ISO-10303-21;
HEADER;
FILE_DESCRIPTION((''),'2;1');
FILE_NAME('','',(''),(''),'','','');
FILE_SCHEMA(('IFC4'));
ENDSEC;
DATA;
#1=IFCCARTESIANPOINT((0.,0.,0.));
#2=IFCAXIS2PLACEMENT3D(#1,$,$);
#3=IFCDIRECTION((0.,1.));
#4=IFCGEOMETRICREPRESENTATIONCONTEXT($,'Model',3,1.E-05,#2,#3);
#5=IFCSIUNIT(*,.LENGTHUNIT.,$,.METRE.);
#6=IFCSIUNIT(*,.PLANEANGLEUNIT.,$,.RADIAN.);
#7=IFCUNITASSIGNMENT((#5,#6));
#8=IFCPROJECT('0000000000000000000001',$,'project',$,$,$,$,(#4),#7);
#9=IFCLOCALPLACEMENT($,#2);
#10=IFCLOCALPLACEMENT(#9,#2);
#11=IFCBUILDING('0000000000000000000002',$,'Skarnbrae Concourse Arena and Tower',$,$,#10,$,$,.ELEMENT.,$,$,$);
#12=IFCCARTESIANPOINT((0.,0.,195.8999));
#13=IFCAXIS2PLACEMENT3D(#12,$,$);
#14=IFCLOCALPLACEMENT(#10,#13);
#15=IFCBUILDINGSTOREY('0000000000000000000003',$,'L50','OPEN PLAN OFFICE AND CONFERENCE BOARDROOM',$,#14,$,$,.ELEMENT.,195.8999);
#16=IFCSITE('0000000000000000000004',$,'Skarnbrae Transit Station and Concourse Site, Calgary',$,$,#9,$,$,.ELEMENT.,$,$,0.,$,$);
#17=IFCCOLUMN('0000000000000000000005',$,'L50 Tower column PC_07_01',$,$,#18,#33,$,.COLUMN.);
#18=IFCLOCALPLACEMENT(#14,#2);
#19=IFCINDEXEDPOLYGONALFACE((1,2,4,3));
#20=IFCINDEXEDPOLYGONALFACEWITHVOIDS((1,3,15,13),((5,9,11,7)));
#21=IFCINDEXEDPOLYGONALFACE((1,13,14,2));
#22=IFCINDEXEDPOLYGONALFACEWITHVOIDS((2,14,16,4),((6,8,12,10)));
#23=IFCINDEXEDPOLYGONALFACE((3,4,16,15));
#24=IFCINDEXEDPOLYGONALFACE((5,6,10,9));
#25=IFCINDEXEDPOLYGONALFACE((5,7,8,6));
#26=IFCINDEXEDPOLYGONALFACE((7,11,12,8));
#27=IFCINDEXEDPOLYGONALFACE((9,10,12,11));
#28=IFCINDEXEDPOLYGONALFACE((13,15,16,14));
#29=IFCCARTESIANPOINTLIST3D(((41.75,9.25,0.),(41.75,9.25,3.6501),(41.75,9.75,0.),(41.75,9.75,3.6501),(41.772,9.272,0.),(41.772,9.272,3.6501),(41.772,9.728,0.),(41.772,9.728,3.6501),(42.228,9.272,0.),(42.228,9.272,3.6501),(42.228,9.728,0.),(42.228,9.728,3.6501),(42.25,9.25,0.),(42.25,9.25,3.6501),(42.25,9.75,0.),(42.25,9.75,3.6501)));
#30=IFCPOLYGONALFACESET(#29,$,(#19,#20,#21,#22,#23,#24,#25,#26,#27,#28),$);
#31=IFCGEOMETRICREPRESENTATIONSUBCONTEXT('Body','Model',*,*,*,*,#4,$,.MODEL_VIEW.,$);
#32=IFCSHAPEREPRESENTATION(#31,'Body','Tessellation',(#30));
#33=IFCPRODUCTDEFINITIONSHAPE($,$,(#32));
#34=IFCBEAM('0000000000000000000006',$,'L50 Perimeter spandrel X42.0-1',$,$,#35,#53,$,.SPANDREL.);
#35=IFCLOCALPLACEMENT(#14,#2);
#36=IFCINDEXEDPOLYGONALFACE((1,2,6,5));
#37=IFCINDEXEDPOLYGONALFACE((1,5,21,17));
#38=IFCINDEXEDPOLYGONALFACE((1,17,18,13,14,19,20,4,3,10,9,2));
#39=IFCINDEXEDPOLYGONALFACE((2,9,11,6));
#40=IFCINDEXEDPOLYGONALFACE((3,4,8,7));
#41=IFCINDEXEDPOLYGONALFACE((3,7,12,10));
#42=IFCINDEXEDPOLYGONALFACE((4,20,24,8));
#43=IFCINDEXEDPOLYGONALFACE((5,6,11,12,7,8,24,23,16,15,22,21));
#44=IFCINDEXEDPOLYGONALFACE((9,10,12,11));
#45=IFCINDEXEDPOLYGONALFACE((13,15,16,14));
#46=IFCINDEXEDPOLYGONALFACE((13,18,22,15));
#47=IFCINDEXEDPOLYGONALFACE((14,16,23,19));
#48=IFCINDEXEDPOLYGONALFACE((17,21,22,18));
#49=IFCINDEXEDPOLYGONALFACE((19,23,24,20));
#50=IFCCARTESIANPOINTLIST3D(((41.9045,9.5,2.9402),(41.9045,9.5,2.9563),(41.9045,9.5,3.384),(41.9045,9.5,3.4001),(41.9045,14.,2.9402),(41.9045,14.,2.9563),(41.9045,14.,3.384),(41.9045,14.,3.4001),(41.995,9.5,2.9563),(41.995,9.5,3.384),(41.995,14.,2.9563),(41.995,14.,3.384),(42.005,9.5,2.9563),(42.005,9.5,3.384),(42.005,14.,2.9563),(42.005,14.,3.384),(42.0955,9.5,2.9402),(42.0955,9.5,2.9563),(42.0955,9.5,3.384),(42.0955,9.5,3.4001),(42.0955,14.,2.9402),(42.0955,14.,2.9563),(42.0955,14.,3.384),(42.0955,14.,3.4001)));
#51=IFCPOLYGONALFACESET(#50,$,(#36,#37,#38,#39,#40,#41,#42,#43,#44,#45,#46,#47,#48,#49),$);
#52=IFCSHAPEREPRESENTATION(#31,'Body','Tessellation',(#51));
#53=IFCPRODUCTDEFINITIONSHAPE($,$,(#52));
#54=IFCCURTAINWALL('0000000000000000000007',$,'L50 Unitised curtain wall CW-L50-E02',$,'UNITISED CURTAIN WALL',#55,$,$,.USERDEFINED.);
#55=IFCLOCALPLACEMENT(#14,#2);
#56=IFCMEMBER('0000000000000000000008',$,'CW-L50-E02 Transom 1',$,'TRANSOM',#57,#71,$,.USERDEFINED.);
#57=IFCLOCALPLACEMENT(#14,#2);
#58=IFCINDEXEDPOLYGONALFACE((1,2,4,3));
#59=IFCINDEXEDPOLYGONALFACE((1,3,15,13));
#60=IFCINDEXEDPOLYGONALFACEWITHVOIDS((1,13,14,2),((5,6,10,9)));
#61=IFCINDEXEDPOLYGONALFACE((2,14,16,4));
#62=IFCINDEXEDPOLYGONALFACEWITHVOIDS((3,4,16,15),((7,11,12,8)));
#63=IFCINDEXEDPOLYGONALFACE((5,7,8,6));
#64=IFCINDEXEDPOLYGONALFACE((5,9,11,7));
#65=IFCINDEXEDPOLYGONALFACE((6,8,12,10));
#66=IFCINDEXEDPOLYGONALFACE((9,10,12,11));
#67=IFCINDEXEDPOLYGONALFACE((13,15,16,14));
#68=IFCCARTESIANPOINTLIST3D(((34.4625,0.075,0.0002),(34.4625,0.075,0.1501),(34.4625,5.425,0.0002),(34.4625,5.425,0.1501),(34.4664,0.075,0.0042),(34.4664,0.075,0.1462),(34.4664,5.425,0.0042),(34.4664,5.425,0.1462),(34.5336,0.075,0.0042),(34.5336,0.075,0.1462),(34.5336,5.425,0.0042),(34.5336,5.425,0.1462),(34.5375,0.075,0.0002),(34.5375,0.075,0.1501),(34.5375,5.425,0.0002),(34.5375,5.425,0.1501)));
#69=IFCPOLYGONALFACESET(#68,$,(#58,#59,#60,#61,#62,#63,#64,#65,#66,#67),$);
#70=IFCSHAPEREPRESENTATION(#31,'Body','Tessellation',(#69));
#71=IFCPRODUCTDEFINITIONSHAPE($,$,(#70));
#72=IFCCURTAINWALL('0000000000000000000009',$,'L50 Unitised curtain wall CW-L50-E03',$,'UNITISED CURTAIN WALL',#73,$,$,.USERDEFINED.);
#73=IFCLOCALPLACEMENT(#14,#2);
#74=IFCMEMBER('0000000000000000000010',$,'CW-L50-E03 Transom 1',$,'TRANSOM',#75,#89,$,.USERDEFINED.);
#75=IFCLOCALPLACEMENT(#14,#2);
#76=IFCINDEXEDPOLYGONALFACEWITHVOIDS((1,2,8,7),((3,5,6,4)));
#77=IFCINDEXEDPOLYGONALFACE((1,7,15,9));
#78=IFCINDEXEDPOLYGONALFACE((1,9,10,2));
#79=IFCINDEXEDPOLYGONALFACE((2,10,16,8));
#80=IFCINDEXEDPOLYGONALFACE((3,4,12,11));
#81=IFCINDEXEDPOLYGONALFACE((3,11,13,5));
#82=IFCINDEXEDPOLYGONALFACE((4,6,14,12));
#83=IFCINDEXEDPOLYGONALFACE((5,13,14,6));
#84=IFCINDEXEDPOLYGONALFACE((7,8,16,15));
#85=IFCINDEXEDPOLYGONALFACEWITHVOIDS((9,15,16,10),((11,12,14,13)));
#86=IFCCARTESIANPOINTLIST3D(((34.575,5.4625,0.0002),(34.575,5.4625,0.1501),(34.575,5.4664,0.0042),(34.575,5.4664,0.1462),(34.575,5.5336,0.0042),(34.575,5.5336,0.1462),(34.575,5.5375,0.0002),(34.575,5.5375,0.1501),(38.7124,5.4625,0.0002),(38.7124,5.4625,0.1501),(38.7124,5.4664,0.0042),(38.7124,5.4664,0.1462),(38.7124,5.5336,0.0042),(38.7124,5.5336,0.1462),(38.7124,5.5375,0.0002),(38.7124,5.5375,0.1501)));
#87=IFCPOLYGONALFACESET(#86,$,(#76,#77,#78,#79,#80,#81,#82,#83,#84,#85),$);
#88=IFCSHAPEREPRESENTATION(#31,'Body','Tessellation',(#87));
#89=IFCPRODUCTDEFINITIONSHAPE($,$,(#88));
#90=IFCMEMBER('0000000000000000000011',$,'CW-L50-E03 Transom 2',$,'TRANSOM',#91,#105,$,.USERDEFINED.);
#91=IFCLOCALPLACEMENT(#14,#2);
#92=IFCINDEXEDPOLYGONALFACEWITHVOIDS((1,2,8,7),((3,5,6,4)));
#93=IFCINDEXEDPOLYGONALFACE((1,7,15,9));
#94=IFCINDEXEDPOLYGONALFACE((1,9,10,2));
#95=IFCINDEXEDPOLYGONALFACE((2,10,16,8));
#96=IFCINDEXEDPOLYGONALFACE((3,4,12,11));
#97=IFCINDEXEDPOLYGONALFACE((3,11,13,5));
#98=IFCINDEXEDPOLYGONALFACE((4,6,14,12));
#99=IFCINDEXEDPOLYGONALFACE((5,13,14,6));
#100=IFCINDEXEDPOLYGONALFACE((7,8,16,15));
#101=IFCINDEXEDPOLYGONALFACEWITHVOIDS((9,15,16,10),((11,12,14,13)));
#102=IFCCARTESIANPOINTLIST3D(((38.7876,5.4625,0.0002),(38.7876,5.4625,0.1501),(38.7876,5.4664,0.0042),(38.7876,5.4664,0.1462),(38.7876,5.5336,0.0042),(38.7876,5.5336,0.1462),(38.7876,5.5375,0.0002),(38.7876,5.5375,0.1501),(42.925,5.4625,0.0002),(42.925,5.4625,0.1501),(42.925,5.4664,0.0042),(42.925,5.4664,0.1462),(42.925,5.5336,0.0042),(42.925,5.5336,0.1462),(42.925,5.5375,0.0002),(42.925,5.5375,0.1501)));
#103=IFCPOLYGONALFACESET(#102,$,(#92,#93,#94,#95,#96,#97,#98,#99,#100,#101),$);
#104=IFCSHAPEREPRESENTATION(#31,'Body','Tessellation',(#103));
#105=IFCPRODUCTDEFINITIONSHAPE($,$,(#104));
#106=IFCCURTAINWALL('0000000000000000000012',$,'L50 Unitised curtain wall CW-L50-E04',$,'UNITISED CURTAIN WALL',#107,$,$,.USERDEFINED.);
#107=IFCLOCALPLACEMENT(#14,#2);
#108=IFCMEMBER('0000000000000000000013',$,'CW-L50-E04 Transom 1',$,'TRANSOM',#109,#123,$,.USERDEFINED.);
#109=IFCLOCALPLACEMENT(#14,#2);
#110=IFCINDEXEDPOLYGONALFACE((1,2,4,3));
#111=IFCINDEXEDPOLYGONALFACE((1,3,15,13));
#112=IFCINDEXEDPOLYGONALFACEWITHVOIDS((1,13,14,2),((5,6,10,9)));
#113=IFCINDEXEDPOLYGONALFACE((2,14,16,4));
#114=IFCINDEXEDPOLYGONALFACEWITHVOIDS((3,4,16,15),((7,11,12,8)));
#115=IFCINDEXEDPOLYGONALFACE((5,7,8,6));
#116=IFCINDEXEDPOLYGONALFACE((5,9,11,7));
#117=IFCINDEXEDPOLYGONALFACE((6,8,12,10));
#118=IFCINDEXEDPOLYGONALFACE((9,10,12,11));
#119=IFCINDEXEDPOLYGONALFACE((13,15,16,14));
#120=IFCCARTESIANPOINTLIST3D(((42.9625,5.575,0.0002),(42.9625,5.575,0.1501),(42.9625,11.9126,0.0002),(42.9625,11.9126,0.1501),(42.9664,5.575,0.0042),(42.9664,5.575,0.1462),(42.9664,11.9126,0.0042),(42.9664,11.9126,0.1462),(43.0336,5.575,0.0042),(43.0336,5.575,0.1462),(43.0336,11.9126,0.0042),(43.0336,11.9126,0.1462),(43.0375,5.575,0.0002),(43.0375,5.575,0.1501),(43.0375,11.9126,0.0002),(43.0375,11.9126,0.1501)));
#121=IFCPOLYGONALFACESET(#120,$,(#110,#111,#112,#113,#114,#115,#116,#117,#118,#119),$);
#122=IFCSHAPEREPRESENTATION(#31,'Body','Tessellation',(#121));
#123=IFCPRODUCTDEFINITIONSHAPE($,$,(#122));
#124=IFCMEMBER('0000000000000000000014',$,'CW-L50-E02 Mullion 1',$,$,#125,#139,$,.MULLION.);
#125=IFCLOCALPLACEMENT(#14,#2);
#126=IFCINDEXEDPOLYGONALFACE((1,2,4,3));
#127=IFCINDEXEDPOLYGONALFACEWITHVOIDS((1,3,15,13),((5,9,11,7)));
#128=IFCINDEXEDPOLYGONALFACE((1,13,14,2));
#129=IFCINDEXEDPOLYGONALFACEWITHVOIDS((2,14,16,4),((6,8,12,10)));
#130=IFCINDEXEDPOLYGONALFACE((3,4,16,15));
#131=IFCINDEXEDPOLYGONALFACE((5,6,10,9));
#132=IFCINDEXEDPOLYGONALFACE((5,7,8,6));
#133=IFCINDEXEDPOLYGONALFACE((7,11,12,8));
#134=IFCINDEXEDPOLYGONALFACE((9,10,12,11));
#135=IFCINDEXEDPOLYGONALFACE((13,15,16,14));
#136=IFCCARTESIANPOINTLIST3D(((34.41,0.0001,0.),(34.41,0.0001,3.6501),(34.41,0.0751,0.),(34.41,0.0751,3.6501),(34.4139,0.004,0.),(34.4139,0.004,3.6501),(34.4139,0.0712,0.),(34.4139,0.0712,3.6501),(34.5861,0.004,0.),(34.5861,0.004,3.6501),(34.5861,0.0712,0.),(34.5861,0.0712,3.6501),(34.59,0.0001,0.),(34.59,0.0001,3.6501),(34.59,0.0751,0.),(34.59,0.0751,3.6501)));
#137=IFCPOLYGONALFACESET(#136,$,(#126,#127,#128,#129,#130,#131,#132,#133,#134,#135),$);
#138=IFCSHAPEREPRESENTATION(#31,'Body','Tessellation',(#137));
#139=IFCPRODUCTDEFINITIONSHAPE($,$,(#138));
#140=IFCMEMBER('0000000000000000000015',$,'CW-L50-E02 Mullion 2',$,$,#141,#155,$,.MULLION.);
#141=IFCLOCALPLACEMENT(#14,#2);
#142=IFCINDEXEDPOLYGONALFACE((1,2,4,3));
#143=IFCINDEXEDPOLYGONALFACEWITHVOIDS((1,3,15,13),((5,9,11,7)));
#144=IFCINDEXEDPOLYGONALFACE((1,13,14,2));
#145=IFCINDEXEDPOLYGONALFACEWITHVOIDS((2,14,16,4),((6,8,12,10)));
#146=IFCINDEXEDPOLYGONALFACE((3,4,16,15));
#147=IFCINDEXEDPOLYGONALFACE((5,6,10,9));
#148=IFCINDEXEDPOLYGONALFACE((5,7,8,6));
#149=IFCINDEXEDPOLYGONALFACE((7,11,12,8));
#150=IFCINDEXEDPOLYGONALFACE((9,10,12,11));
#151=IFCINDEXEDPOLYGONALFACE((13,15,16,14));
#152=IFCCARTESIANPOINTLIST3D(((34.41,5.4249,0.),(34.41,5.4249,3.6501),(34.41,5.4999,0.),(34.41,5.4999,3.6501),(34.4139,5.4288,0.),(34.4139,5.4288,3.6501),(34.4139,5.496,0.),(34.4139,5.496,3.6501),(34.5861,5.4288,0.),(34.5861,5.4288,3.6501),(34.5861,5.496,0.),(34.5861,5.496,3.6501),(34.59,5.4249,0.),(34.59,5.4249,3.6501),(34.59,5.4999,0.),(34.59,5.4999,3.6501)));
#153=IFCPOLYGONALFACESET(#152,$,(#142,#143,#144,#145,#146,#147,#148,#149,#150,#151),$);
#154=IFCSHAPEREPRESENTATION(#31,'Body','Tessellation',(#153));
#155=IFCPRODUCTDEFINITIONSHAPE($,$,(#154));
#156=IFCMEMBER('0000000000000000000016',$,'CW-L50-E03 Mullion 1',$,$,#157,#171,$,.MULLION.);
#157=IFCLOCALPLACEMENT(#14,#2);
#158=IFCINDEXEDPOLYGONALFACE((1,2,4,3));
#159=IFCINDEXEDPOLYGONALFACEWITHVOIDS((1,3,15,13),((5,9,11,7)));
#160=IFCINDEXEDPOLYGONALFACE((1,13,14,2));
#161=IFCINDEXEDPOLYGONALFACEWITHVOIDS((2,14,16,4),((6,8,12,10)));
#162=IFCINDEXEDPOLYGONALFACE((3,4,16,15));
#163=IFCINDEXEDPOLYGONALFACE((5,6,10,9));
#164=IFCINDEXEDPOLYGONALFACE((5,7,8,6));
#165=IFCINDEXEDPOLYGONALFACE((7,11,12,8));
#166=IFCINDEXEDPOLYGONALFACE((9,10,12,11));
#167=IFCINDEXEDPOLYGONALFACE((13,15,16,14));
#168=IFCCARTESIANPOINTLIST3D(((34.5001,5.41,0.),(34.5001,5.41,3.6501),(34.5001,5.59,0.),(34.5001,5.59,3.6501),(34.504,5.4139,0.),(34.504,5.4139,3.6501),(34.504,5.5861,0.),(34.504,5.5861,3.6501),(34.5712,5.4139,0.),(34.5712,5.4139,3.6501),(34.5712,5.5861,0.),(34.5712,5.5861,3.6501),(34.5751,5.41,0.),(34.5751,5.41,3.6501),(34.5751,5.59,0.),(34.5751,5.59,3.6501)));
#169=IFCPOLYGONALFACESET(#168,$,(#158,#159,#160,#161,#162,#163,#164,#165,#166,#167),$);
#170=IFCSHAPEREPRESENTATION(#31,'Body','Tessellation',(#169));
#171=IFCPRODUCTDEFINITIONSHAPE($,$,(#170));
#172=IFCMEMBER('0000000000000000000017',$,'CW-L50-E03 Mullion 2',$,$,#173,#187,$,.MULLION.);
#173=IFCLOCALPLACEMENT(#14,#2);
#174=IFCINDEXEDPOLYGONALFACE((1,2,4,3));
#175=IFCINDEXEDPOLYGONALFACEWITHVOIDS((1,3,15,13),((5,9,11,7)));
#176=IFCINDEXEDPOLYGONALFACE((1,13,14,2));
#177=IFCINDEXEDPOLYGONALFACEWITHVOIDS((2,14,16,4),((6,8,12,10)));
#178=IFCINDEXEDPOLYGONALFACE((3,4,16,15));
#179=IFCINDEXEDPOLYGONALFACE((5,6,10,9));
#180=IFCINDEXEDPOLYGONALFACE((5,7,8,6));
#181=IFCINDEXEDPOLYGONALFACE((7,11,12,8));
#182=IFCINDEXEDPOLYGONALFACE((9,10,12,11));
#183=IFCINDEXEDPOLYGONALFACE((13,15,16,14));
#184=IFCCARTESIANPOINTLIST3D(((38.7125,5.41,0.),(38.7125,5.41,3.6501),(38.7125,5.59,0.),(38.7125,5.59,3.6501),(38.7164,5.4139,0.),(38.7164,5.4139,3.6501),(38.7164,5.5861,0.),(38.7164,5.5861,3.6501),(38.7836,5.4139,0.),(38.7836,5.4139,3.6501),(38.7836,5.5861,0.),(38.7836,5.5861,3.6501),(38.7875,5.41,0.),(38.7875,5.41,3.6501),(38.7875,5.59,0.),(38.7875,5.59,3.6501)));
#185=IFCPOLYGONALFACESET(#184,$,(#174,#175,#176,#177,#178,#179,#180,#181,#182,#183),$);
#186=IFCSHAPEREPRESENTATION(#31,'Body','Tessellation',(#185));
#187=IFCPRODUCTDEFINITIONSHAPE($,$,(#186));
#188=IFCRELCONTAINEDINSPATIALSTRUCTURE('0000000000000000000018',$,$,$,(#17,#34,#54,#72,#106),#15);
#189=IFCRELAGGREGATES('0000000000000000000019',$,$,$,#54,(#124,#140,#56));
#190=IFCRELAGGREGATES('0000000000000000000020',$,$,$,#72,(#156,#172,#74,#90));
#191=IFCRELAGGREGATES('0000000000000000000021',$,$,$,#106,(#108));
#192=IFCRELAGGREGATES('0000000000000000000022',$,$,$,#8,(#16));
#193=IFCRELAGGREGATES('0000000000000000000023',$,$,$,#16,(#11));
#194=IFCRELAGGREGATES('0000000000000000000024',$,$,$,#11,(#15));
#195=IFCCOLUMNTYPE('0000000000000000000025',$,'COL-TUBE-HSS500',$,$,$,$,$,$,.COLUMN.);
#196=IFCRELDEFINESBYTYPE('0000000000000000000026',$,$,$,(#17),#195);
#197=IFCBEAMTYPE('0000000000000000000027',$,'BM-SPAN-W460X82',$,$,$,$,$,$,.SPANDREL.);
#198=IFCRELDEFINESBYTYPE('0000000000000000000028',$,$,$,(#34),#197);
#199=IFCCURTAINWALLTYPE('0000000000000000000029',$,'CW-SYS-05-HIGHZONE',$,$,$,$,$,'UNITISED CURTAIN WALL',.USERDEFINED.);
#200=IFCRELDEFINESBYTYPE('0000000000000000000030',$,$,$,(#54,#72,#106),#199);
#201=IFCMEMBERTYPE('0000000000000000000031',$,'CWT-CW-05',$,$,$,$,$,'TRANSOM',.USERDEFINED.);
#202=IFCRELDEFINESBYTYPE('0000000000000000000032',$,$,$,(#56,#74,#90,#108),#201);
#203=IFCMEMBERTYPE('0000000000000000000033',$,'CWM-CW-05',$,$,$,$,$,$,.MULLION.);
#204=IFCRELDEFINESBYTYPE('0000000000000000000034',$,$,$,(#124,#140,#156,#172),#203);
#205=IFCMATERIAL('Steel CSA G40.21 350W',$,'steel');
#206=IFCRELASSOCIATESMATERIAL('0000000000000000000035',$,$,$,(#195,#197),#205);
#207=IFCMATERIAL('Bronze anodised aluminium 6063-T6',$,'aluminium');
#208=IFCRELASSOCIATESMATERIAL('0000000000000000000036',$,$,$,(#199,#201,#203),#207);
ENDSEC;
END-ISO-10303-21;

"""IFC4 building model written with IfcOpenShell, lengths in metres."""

from ifc_helpers import new_model, si_unit, direction, frame, origin, origin_2d, place, context, subcontext, project, spatial, hollow_rectangle, i_section, extrude, source, transform, mapped, material, material_profile, profile_set, type_object, element, aggregate, save


model = new_model("IFC4")

# Units and contexts
model_context = context("Model", 3, precision=1e-05, world=origin(), true_north=direction((0.0, 1.0)))
body_context = subcontext(model_context, "Body", "Model", "MODEL_VIEW")
ifc_project = project(units=[si_unit("LENGTHUNIT", "METRE"), si_unit("PLANEANGLEUNIT", "RADIAN")], contexts=[model_context])

# Site, building, storey
site_placement = place(None, origin())
site = spatial("IfcSite", under=ifc_project, at=site_placement, Name="Skarnbrae Transit Station and Concourse Site, Calgary", CompositionType="ELEMENT", RefElevation=0.0)
building_placement = place(site_placement, origin())
building = spatial("IfcBuilding", under=site, at=building_placement, Name="Skarnbrae Concourse Arena and Tower", CompositionType="ELEMENT")
storey_placement = place(building_placement, frame((0.0, 0.0, 195.8999)))
storey = spatial("IfcBuildingStorey", under=building, at=storey_placement, Name="L50", Description="OPEN PLAN OFFICE AND CONFERENCE BOARDROOM", CompositionType="ELEMENT", Elevation=195.8999)

# Column
ifc_material_1 = material(Name="Steel CSA G40.21 350W", Category="steel")
ifc_material_profile_1 = material_profile(ifc_material_1, hollow_rectangle(XDim=0.5, YDim=0.5, WallThickness=0.022, at=origin_2d()), Name="HSS500X500X22.0")
ifc_profile_set_1 = profile_set([ifc_material_profile_1], Name="Steel CSA G40.21 350W")
column_type = type_object("IfcColumnType", Name="COL-TUBE-HSS500", PredefinedType="COLUMN", material=ifc_profile_set_1)
shared_shape_1 = source(origin(), body_context, "Body", "SweptSolid", [
    extrude(hollow_rectangle(XDim=0.5, YDim=0.5, WallThickness=0.022, at=origin_2d()), origin(), (0.0, 0.0, 1.0), 3.6501),
])
column_placement = place(storey_placement, frame((42.0, 9.5, 0.0), z_axis=(0.0, 0.0, 1.0), x_axis=(1.0, 0.0, 0.0)))
element("IfcColumn", 1, at=column_placement, inside=storey, type_object=column_type, Name="L50 Tower column PC_07_01", PredefinedType="COLUMN", context=body_context, shape_type="MappedRepresentation", body=[
    mapped(shared_shape_1, transform((0.0, 0.0, 0.0))),
])

# Beam
ifc_material_profile_2 = material_profile(ifc_material_1, i_section(OverallWidth=0.1909, OverallDepth=0.46, WebThickness=0.01, FlangeThickness=0.0161, at=origin_2d()), Name="W460X82")
ifc_profile_set_2 = profile_set([ifc_material_profile_2], Name="Steel CSA G40.21 350W")
beam_type = type_object("IfcBeamType", Name="BM-SPAN-W460X82", PredefinedType="SPANDREL", material=ifc_profile_set_2)
shared_shape_2 = source(origin(), body_context, "Body", "SweptSolid", [
    extrude(i_section(OverallWidth=0.1909, OverallDepth=0.46, WebThickness=0.01, FlangeThickness=0.0161, at=origin_2d()), origin(), (0.0, 0.0, 1.0), 4.5),
])
beam_placement = place(storey_placement, frame((42.0, 9.5, 3.1702), z_axis=(0.0, 1.0, 0.0), x_axis=(-1.0, 0.0, 0.0)))
element("IfcBeam", 2, at=beam_placement, inside=storey, type_object=beam_type, Name="L50 Perimeter spandrel X42.0-1", PredefinedType="SPANDREL", context=body_context, shape_type="MappedRepresentation", body=[
    mapped(shared_shape_2, transform((0.0, 0.0, 0.0))),
])

# Curtain wall, member
ifc_material_2 = material(Name="Bronze anodised aluminium 6063-T6", Category="aluminium")
curtain_wall_type = type_object("IfcCurtainWallType", Name="CW-SYS-05-HIGHZONE", ElementType="UNITISED CURTAIN WALL", PredefinedType="USERDEFINED", material=ifc_material_2)
curtain_wall_1_placement = place(storey_placement, origin())
curtain_wall_1 = element("IfcCurtainWall", 3, at=curtain_wall_1_placement, inside=storey, type_object=curtain_wall_type, Name="L50 Unitised curtain wall CW-L50-E02", ObjectType="UNITISED CURTAIN WALL", PredefinedType="USERDEFINED")
ifc_material_profile_3 = material_profile(ifc_material_2, hollow_rectangle(XDim=0.075, YDim=0.1499, WallThickness=0.0039, at=origin_2d()), Name="ALU-TRAN-75X150")
ifc_profile_set_3 = profile_set([ifc_material_profile_3], Name="Bronze anodised aluminium 6063-T6")
member_type_1 = type_object("IfcMemberType", Name="CWT-CW-05", ElementType="TRANSOM", PredefinedType="USERDEFINED", material=ifc_profile_set_3)
shared_shape_3 = source(origin(), body_context, "Body", "SweptSolid", [
    extrude(hollow_rectangle(XDim=0.075, YDim=0.1499, WallThickness=0.0039, at=origin_2d()), origin(), (0.0, 0.0, 1.0), 5.3501),
])
member_1_placement = place(storey_placement, frame((34.5, 0.075, 0.0752), z_axis=(0.0, 1.0, 0.0), x_axis=(-1.0, 0.0, 0.0)))
member_1 = element("IfcMember", 4, at=member_1_placement, type_object=member_type_1, Name="CW-L50-E02 Transom 1", ObjectType="TRANSOM", PredefinedType="USERDEFINED", context=body_context, shape_type="MappedRepresentation", body=[
    mapped(shared_shape_3, transform((0.0, 0.0, 0.0))),
])

# Curtain wall, members
curtain_wall_2_placement = place(storey_placement, origin())
curtain_wall_2 = element("IfcCurtainWall", 5, at=curtain_wall_2_placement, inside=storey, type_object=curtain_wall_type, Name="L50 Unitised curtain wall CW-L50-E03", ObjectType="UNITISED CURTAIN WALL", PredefinedType="USERDEFINED")
shared_shape_4 = source(origin(), body_context, "Body", "SweptSolid", [
    extrude(hollow_rectangle(XDim=0.075, YDim=0.1499, WallThickness=0.0039, at=origin_2d()), origin(), (0.0, 0.0, 1.0), 4.1375),
])
member_2_placement = place(storey_placement, frame((34.575, 5.5, 0.0752), z_axis=(1.0, 0.0, 0.0), x_axis=(0.0, 1.0, 0.0)))
member_2 = element("IfcMember", 6, at=member_2_placement, type_object=member_type_1, Name="CW-L50-E03 Transom 1", ObjectType="TRANSOM", PredefinedType="USERDEFINED", context=body_context, shape_type="MappedRepresentation", body=[
    mapped(shared_shape_4, transform((0.0, 0.0, 0.0))),
])
member_3_placement = place(storey_placement, frame((38.7876, 5.5, 0.0752), z_axis=(1.0, 0.0, 0.0), x_axis=(0.0, 1.0, 0.0)))
member_3 = element("IfcMember", 7, at=member_3_placement, type_object=member_type_1, Name="CW-L50-E03 Transom 2", ObjectType="TRANSOM", PredefinedType="USERDEFINED", context=body_context, shape_type="MappedRepresentation", body=[
    mapped(shared_shape_4, transform((0.0, 0.0, 0.0))),
])

# Curtain wall, member
curtain_wall_3_placement = place(storey_placement, origin())
curtain_wall_3 = element("IfcCurtainWall", 8, at=curtain_wall_3_placement, inside=storey, type_object=curtain_wall_type, Name="L50 Unitised curtain wall CW-L50-E04", ObjectType="UNITISED CURTAIN WALL", PredefinedType="USERDEFINED")
shared_shape_5 = source(origin(), body_context, "Body", "SweptSolid", [
    extrude(hollow_rectangle(XDim=0.075, YDim=0.1499, WallThickness=0.0039, at=origin_2d()), origin(), (0.0, 0.0, 1.0), 6.3376),
])
member_4_placement = place(storey_placement, frame((43.0, 5.575, 0.0752), z_axis=(0.0, 1.0, 0.0), x_axis=(-1.0, 0.0, 0.0)))
member_4 = element("IfcMember", 9, at=member_4_placement, type_object=member_type_1, Name="CW-L50-E04 Transom 1", ObjectType="TRANSOM", PredefinedType="USERDEFINED", context=body_context, shape_type="MappedRepresentation", body=[
    mapped(shared_shape_5, transform((0.0, 0.0, 0.0))),
])

# Members
ifc_material_profile_4 = material_profile(ifc_material_2, hollow_rectangle(XDim=0.075, YDim=0.1799, WallThickness=0.0039, at=origin_2d()), Name="ALU-MULL-75X180")
ifc_profile_set_4 = profile_set([ifc_material_profile_4], Name="Bronze anodised aluminium 6063-T6")
member_type_2 = type_object("IfcMemberType", Name="CWM-CW-05", PredefinedType="MULLION", material=ifc_profile_set_4)
shared_shape_6 = source(origin(), body_context, "Body", "SweptSolid", [
    extrude(hollow_rectangle(XDim=0.075, YDim=0.1799, WallThickness=0.0039, at=origin_2d()), origin(), (0.0, 0.0, 1.0), 3.6501),
])
member_5_placement = place(storey_placement, frame((34.5, 0.0376, 0.0), z_axis=(0.0, 0.0, 1.0), x_axis=(0.0, 1.0, 0.0)))
member_5 = element("IfcMember", 10, at=member_5_placement, type_object=member_type_2, Name="CW-L50-E02 Mullion 1", PredefinedType="MULLION", context=body_context, shape_type="MappedRepresentation", body=[
    mapped(shared_shape_6, transform((0.0, 0.0, 0.0))),
])
member_6_placement = place(storey_placement, frame((34.5, 5.4624, 0.0), z_axis=(0.0, 0.0, 1.0), x_axis=(0.0, 1.0, 0.0)))
member_6 = element("IfcMember", 11, at=member_6_placement, type_object=member_type_2, Name="CW-L50-E02 Mullion 2", PredefinedType="MULLION", context=body_context, shape_type="MappedRepresentation", body=[
    mapped(shared_shape_6, transform((0.0, 0.0, 0.0))),
])
member_7_placement = place(storey_placement, frame((34.5376, 5.5, 0.0), z_axis=(0.0, 0.0, 1.0), x_axis=(1.0, 0.0, 0.0)))
member_7 = element("IfcMember", 12, at=member_7_placement, type_object=member_type_2, Name="CW-L50-E03 Mullion 1", PredefinedType="MULLION", context=body_context, shape_type="MappedRepresentation", body=[
    mapped(shared_shape_6, transform((0.0, 0.0, 0.0))),
])
member_8_placement = place(storey_placement, frame((38.75, 5.5, 0.0), z_axis=(0.0, 0.0, 1.0), x_axis=(1.0, 0.0, 0.0)))
member_8 = element("IfcMember", 13, at=member_8_placement, type_object=member_type_2, Name="CW-L50-E03 Mullion 2", PredefinedType="MULLION", context=body_context, shape_type="MappedRepresentation", body=[
    mapped(shared_shape_6, transform((0.0, 0.0, 0.0))),
])

aggregate(curtain_wall_1, [member_5, member_6, member_1])
aggregate(curtain_wall_2, [member_7, member_8, member_2, member_3])
aggregate(curtain_wall_3, [member_4])

save(model, "model.ifc")
